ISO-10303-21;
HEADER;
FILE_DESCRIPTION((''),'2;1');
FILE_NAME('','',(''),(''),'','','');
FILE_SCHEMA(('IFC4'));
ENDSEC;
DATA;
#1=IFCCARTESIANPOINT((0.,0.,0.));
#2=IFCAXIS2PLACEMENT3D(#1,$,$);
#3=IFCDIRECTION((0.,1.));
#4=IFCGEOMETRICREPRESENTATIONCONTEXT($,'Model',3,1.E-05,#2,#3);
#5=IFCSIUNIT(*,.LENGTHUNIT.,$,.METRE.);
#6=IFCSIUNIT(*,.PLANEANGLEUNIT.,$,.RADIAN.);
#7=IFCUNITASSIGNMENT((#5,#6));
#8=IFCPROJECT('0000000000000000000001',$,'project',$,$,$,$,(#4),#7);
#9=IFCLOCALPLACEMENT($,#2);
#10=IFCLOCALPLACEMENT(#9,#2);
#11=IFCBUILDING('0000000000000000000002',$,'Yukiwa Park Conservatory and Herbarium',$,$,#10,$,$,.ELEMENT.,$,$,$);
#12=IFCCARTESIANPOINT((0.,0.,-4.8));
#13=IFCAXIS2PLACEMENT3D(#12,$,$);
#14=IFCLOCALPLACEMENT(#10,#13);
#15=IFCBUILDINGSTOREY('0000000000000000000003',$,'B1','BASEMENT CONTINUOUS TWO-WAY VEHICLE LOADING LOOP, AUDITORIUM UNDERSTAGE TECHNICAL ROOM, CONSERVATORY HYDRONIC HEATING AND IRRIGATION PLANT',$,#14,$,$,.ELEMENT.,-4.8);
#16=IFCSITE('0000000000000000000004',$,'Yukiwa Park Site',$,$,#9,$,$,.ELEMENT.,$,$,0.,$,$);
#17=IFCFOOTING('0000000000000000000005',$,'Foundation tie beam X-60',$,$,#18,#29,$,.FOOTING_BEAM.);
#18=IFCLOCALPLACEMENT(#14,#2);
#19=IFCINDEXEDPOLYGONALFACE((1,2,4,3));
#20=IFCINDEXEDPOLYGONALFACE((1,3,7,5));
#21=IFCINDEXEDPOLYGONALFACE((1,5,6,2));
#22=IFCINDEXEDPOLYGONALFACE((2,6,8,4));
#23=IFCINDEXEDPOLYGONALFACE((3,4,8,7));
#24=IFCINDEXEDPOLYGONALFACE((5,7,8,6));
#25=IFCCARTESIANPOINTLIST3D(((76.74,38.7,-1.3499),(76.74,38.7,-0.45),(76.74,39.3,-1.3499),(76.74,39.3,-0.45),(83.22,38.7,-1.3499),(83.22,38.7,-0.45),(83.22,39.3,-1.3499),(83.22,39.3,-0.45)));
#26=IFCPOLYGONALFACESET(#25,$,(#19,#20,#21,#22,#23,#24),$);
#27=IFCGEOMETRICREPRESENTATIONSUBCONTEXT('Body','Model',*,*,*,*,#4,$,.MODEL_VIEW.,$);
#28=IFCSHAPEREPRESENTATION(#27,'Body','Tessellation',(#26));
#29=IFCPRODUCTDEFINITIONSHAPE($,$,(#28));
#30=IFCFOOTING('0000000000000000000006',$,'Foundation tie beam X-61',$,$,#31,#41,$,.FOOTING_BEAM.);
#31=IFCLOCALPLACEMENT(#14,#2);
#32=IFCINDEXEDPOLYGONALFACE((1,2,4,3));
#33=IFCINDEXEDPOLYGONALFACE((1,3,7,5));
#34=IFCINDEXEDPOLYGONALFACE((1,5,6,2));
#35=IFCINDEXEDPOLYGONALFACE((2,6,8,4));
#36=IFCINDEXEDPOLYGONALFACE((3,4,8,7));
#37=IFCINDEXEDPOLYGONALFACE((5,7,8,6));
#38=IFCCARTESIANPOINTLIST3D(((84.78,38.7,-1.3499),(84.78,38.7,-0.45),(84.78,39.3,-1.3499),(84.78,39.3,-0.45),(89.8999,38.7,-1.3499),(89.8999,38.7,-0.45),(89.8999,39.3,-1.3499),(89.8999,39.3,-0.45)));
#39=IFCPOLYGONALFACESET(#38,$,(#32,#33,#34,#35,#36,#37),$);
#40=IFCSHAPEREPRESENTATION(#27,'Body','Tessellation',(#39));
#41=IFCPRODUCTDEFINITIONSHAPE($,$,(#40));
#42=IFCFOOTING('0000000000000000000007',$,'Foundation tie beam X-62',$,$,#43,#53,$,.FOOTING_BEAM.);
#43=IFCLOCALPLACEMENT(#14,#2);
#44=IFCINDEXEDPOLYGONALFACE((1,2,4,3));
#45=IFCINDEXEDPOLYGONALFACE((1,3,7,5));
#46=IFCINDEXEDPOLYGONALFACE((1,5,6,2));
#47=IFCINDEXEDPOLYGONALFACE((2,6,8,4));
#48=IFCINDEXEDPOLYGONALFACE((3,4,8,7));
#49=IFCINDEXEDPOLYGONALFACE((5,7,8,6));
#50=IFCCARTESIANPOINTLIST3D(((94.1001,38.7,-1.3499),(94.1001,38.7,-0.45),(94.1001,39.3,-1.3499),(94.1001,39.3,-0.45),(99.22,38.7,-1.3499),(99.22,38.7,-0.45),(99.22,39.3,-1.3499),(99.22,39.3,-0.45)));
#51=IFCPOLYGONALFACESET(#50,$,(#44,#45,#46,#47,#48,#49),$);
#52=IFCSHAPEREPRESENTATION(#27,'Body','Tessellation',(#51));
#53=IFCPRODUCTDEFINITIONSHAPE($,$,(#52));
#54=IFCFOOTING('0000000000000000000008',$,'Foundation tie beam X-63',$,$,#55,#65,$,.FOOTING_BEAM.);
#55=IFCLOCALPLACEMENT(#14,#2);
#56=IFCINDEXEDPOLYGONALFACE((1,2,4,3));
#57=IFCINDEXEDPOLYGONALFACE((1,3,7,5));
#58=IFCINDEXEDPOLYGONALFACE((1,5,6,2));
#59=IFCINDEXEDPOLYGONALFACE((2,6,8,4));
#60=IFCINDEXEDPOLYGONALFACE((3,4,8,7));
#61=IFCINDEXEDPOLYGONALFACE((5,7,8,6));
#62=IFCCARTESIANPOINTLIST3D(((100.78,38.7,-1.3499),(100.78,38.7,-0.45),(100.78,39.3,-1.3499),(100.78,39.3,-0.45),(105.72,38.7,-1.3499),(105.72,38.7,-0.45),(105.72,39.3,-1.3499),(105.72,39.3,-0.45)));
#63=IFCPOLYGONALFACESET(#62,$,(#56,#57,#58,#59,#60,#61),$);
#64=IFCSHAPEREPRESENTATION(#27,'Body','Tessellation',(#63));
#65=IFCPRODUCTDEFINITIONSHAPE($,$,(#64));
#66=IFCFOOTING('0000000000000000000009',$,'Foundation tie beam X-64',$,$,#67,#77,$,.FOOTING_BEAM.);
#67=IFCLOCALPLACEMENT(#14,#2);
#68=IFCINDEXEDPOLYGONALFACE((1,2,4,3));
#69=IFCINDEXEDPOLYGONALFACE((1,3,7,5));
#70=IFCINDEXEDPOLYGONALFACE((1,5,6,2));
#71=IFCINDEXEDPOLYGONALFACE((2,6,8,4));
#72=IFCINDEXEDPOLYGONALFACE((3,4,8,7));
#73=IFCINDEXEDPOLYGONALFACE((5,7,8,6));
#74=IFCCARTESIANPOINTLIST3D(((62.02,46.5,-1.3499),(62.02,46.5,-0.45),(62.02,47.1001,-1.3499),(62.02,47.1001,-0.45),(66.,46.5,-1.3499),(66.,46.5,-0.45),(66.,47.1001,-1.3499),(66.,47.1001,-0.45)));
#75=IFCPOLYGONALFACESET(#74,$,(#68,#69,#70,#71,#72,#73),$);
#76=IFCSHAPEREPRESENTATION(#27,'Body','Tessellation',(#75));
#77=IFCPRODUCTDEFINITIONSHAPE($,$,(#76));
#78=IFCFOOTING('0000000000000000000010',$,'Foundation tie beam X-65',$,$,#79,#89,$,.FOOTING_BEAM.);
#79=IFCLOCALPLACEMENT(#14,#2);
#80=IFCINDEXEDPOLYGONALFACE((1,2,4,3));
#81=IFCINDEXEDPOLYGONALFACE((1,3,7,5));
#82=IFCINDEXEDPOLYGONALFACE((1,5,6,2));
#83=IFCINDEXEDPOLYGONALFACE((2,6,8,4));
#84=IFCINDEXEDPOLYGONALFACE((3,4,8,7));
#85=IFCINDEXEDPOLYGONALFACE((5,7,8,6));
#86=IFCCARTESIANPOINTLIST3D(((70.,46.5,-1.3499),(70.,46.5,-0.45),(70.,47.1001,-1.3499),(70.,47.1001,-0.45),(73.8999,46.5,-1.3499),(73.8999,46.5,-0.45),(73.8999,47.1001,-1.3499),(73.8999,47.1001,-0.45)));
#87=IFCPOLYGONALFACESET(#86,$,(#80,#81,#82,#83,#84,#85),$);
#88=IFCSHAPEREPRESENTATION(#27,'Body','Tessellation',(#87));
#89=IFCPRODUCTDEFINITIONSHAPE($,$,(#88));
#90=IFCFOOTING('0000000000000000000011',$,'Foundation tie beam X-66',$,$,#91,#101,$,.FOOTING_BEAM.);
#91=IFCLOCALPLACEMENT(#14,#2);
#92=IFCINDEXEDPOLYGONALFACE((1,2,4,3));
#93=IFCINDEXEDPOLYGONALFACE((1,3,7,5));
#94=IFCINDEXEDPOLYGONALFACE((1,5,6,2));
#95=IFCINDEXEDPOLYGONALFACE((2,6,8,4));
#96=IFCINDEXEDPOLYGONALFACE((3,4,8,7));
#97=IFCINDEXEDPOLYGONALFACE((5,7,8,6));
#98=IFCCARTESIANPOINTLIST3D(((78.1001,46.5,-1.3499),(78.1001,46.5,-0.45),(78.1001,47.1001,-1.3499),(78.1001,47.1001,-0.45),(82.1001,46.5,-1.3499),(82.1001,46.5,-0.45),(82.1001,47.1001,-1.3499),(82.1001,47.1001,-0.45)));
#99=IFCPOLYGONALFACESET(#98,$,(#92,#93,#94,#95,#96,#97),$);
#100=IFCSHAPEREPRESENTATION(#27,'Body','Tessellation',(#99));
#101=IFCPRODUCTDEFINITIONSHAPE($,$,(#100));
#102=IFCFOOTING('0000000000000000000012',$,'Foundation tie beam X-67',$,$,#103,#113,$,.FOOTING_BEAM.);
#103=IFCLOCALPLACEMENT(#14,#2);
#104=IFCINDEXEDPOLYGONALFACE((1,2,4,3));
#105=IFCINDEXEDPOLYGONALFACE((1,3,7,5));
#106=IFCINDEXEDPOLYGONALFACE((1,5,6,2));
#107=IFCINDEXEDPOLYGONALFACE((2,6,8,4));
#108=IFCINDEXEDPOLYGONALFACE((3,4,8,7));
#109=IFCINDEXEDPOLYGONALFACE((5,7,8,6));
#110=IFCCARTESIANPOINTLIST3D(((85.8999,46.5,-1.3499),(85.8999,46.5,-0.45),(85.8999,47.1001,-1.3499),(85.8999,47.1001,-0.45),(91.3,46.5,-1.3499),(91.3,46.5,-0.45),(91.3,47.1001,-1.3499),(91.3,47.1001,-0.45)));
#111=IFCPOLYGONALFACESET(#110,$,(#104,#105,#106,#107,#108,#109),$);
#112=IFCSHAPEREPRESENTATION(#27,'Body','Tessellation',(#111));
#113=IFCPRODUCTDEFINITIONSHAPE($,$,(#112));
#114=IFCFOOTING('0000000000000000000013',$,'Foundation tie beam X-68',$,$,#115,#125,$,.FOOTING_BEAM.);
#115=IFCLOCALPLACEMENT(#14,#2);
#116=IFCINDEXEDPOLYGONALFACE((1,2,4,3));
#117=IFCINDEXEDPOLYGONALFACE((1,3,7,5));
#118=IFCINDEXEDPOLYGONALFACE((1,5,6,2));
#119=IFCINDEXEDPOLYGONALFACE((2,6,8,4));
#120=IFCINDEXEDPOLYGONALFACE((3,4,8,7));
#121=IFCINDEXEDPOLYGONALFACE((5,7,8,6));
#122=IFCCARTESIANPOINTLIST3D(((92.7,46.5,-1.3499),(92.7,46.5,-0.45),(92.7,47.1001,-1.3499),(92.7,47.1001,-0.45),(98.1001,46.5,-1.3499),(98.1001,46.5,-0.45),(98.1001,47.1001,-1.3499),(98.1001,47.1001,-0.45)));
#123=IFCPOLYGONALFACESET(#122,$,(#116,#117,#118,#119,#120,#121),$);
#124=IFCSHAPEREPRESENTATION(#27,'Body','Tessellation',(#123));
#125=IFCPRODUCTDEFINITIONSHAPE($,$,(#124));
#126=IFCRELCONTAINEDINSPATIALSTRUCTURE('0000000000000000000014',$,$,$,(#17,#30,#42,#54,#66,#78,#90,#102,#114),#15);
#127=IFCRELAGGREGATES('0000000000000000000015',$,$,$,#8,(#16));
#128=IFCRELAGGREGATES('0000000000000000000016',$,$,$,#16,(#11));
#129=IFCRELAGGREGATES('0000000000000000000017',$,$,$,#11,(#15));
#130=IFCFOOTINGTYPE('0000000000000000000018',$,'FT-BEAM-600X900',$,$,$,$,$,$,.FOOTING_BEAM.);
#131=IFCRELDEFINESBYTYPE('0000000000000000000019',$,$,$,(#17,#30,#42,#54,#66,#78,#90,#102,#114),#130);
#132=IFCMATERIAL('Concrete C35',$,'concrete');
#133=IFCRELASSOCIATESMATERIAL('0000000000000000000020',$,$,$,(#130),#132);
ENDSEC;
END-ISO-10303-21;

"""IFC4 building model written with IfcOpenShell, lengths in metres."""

from ifc_helpers import new_model, si_unit, direction, frame, origin, place, context, subcontext, project, spatial, polyline, outline, extrude, material, type_object, element, save


model = new_model("IFC4")

# Units and contexts
model_context = context("Model", 3, precision=1e-05, world=origin(), true_north=direction((0.0, 1.0)))
body_context = subcontext(model_context, "Body", "Model", "MODEL_VIEW")
ifc_project = project(units=[si_unit("LENGTHUNIT", "METRE"), si_unit("PLANEANGLEUNIT", "RADIAN")], contexts=[model_context])

# Site, building, storey
site_placement = place(None, origin())
site = spatial("IfcSite", under=ifc_project, at=site_placement, Name="Yukiwa Park Site", CompositionType="ELEMENT", RefElevation=0.0)
building_placement = place(site_placement, origin())
building = spatial("IfcBuilding", under=site, at=building_placement, Name="Yukiwa Park Conservatory and Herbarium", CompositionType="ELEMENT")
storey_placement = place(building_placement, frame((0.0, 0.0, -4.8)))
storey = spatial("IfcBuildingStorey", under=building, at=storey_placement, Name="B1", Description="BASEMENT CONTINUOUS TWO-WAY VEHICLE LOADING LOOP, AUDITORIUM UNDERSTAGE TECHNICAL ROOM, CONSERVATORY HYDRONIC HEATING AND IRRIGATION PLANT", CompositionType="ELEMENT", Elevation=-4.8)

# Footings
ifc_material = material(Name="Concrete C35", Category="concrete")
footing_type = type_object("IfcFootingType", Name="FT-BEAM-600X900", PredefinedType="FOOTING_BEAM", material=ifc_material)
footing_1_placement = place(storey_placement, frame((0.0, 0.0, -1.3499)))
element("IfcFooting", 1, at=footing_1_placement, inside=storey, type_object=footing_type, Name="Foundation tie beam X-60", PredefinedType="FOOTING_BEAM", context=body_context, shape_type="SweptSolid", body=[
    extrude(outline(polyline([(76.74, 38.7), (83.22, 38.7), (83.22, 39.3), (76.74, 39.3), (76.74, 38.7)])), origin(), (0.0, 0.0, 1.0), 0.8999),
])
footing_2_placement = place(storey_placement, frame((0.0, 0.0, -1.3499)))
element("IfcFooting", 2, at=footing_2_placement, inside=storey, type_object=footing_type, Name="Foundation tie beam X-61", PredefinedType="FOOTING_BEAM", context=body_context, shape_type="SweptSolid", body=[
    extrude(outline(polyline([(84.78, 38.7), (89.8999, 38.7), (89.8999, 39.3), (84.78, 39.3), (84.78, 38.7)])), origin(), (0.0, 0.0, 1.0), 0.8999),
])
footing_3_placement = place(storey_placement, frame((0.0, 0.0, -1.3499)))
element("IfcFooting", 3, at=footing_3_placement, inside=storey, type_object=footing_type, Name="Foundation tie beam X-62", PredefinedType="FOOTING_BEAM", context=body_context, shape_type="SweptSolid", body=[
    extrude(outline(polyline([(94.1001, 38.7), (99.22, 38.7), (99.22, 39.3), (94.1001, 39.3), (94.1001, 38.7)])), origin(), (0.0, 0.0, 1.0), 0.8999),
])
footing_4_placement = place(storey_placement, frame((0.0, 0.0, -1.3499)))
element("IfcFooting", 4, at=footing_4_placement, inside=storey, type_object=footing_type, Name="Foundation tie beam X-63", PredefinedType="FOOTING_BEAM", context=body_context, shape_type="SweptSolid", body=[
    extrude(outline(polyline([(100.78, 38.7), (105.72, 38.7), (105.72, 39.3), (100.78, 39.3), (100.78, 38.7)])), origin(), (0.0, 0.0, 1.0), 0.8999),
])
footing_5_placement = place(storey_placement, frame((0.0, 0.0, -1.3499)))
element("IfcFooting", 5, at=footing_5_placement, inside=storey, type_object=footing_type, Name="Foundation tie beam X-64", PredefinedType="FOOTING_BEAM", context=body_context, shape_type="SweptSolid", body=[
    extrude(outline(polyline([(62.02, 46.5), (66.0, 46.5), (66.0, 47.1001), (62.02, 47.1001), (62.02, 46.5)])), origin(), (0.0, 0.0, 1.0), 0.8999),
])
footing_6_placement = place(storey_placement, frame((0.0, 0.0, -1.3499)))
element("IfcFooting", 6, at=footing_6_placement, inside=storey, type_object=footing_type, Name="Foundation tie beam X-65", PredefinedType="FOOTING_BEAM", context=body_context, shape_type="SweptSolid", body=[
    extrude(outline(polyline([(70.0, 46.5), (73.8999, 46.5), (73.8999, 47.1001), (70.0, 47.1001), (70.0, 46.5)])), origin(), (0.0, 0.0, 1.0), 0.8999),
])
footing_7_placement = place(storey_placement, frame((0.0, 0.0, -1.3499)))
element("IfcFooting", 7, at=footing_7_placement, inside=storey, type_object=footing_type, Name="Foundation tie beam X-66", PredefinedType="FOOTING_BEAM", context=body_context, shape_type="SweptSolid", body=[
    extrude(outline(polyline([(78.1001, 46.5), (82.1001, 46.5), (82.1001, 47.1001), (78.1001, 47.1001), (78.1001, 46.5)])), origin(), (0.0, 0.0, 1.0), 0.8999),
])
footing_8_placement = place(storey_placement, frame((0.0, 0.0, -1.3499)))
element("IfcFooting", 8, at=footing_8_placement, inside=storey, type_object=footing_type, Name="Foundation tie beam X-67", PredefinedType="FOOTING_BEAM", context=body_context, shape_type="SweptSolid", body=[
    extrude(outline(polyline([(85.8999, 46.5), (91.3, 46.5), (91.3, 47.1001), (85.8999, 47.1001), (85.8999, 46.5)])), origin(), (0.0, 0.0, 1.0), 0.8999),
])
footing_9_placement = place(storey_placement, frame((0.0, 0.0, -1.3499)))
element("IfcFooting", 9, at=footing_9_placement, inside=storey, type_object=footing_type, Name="Foundation tie beam X-68", PredefinedType="FOOTING_BEAM", context=body_context, shape_type="SweptSolid", body=[
    extrude(outline(polyline([(92.7, 46.5), (98.1001, 46.5), (98.1001, 47.1001), (92.7, 47.1001), (92.7, 46.5)])), origin(), (0.0, 0.0, 1.0), 0.8999),
])

save(model, "model.ifc")
